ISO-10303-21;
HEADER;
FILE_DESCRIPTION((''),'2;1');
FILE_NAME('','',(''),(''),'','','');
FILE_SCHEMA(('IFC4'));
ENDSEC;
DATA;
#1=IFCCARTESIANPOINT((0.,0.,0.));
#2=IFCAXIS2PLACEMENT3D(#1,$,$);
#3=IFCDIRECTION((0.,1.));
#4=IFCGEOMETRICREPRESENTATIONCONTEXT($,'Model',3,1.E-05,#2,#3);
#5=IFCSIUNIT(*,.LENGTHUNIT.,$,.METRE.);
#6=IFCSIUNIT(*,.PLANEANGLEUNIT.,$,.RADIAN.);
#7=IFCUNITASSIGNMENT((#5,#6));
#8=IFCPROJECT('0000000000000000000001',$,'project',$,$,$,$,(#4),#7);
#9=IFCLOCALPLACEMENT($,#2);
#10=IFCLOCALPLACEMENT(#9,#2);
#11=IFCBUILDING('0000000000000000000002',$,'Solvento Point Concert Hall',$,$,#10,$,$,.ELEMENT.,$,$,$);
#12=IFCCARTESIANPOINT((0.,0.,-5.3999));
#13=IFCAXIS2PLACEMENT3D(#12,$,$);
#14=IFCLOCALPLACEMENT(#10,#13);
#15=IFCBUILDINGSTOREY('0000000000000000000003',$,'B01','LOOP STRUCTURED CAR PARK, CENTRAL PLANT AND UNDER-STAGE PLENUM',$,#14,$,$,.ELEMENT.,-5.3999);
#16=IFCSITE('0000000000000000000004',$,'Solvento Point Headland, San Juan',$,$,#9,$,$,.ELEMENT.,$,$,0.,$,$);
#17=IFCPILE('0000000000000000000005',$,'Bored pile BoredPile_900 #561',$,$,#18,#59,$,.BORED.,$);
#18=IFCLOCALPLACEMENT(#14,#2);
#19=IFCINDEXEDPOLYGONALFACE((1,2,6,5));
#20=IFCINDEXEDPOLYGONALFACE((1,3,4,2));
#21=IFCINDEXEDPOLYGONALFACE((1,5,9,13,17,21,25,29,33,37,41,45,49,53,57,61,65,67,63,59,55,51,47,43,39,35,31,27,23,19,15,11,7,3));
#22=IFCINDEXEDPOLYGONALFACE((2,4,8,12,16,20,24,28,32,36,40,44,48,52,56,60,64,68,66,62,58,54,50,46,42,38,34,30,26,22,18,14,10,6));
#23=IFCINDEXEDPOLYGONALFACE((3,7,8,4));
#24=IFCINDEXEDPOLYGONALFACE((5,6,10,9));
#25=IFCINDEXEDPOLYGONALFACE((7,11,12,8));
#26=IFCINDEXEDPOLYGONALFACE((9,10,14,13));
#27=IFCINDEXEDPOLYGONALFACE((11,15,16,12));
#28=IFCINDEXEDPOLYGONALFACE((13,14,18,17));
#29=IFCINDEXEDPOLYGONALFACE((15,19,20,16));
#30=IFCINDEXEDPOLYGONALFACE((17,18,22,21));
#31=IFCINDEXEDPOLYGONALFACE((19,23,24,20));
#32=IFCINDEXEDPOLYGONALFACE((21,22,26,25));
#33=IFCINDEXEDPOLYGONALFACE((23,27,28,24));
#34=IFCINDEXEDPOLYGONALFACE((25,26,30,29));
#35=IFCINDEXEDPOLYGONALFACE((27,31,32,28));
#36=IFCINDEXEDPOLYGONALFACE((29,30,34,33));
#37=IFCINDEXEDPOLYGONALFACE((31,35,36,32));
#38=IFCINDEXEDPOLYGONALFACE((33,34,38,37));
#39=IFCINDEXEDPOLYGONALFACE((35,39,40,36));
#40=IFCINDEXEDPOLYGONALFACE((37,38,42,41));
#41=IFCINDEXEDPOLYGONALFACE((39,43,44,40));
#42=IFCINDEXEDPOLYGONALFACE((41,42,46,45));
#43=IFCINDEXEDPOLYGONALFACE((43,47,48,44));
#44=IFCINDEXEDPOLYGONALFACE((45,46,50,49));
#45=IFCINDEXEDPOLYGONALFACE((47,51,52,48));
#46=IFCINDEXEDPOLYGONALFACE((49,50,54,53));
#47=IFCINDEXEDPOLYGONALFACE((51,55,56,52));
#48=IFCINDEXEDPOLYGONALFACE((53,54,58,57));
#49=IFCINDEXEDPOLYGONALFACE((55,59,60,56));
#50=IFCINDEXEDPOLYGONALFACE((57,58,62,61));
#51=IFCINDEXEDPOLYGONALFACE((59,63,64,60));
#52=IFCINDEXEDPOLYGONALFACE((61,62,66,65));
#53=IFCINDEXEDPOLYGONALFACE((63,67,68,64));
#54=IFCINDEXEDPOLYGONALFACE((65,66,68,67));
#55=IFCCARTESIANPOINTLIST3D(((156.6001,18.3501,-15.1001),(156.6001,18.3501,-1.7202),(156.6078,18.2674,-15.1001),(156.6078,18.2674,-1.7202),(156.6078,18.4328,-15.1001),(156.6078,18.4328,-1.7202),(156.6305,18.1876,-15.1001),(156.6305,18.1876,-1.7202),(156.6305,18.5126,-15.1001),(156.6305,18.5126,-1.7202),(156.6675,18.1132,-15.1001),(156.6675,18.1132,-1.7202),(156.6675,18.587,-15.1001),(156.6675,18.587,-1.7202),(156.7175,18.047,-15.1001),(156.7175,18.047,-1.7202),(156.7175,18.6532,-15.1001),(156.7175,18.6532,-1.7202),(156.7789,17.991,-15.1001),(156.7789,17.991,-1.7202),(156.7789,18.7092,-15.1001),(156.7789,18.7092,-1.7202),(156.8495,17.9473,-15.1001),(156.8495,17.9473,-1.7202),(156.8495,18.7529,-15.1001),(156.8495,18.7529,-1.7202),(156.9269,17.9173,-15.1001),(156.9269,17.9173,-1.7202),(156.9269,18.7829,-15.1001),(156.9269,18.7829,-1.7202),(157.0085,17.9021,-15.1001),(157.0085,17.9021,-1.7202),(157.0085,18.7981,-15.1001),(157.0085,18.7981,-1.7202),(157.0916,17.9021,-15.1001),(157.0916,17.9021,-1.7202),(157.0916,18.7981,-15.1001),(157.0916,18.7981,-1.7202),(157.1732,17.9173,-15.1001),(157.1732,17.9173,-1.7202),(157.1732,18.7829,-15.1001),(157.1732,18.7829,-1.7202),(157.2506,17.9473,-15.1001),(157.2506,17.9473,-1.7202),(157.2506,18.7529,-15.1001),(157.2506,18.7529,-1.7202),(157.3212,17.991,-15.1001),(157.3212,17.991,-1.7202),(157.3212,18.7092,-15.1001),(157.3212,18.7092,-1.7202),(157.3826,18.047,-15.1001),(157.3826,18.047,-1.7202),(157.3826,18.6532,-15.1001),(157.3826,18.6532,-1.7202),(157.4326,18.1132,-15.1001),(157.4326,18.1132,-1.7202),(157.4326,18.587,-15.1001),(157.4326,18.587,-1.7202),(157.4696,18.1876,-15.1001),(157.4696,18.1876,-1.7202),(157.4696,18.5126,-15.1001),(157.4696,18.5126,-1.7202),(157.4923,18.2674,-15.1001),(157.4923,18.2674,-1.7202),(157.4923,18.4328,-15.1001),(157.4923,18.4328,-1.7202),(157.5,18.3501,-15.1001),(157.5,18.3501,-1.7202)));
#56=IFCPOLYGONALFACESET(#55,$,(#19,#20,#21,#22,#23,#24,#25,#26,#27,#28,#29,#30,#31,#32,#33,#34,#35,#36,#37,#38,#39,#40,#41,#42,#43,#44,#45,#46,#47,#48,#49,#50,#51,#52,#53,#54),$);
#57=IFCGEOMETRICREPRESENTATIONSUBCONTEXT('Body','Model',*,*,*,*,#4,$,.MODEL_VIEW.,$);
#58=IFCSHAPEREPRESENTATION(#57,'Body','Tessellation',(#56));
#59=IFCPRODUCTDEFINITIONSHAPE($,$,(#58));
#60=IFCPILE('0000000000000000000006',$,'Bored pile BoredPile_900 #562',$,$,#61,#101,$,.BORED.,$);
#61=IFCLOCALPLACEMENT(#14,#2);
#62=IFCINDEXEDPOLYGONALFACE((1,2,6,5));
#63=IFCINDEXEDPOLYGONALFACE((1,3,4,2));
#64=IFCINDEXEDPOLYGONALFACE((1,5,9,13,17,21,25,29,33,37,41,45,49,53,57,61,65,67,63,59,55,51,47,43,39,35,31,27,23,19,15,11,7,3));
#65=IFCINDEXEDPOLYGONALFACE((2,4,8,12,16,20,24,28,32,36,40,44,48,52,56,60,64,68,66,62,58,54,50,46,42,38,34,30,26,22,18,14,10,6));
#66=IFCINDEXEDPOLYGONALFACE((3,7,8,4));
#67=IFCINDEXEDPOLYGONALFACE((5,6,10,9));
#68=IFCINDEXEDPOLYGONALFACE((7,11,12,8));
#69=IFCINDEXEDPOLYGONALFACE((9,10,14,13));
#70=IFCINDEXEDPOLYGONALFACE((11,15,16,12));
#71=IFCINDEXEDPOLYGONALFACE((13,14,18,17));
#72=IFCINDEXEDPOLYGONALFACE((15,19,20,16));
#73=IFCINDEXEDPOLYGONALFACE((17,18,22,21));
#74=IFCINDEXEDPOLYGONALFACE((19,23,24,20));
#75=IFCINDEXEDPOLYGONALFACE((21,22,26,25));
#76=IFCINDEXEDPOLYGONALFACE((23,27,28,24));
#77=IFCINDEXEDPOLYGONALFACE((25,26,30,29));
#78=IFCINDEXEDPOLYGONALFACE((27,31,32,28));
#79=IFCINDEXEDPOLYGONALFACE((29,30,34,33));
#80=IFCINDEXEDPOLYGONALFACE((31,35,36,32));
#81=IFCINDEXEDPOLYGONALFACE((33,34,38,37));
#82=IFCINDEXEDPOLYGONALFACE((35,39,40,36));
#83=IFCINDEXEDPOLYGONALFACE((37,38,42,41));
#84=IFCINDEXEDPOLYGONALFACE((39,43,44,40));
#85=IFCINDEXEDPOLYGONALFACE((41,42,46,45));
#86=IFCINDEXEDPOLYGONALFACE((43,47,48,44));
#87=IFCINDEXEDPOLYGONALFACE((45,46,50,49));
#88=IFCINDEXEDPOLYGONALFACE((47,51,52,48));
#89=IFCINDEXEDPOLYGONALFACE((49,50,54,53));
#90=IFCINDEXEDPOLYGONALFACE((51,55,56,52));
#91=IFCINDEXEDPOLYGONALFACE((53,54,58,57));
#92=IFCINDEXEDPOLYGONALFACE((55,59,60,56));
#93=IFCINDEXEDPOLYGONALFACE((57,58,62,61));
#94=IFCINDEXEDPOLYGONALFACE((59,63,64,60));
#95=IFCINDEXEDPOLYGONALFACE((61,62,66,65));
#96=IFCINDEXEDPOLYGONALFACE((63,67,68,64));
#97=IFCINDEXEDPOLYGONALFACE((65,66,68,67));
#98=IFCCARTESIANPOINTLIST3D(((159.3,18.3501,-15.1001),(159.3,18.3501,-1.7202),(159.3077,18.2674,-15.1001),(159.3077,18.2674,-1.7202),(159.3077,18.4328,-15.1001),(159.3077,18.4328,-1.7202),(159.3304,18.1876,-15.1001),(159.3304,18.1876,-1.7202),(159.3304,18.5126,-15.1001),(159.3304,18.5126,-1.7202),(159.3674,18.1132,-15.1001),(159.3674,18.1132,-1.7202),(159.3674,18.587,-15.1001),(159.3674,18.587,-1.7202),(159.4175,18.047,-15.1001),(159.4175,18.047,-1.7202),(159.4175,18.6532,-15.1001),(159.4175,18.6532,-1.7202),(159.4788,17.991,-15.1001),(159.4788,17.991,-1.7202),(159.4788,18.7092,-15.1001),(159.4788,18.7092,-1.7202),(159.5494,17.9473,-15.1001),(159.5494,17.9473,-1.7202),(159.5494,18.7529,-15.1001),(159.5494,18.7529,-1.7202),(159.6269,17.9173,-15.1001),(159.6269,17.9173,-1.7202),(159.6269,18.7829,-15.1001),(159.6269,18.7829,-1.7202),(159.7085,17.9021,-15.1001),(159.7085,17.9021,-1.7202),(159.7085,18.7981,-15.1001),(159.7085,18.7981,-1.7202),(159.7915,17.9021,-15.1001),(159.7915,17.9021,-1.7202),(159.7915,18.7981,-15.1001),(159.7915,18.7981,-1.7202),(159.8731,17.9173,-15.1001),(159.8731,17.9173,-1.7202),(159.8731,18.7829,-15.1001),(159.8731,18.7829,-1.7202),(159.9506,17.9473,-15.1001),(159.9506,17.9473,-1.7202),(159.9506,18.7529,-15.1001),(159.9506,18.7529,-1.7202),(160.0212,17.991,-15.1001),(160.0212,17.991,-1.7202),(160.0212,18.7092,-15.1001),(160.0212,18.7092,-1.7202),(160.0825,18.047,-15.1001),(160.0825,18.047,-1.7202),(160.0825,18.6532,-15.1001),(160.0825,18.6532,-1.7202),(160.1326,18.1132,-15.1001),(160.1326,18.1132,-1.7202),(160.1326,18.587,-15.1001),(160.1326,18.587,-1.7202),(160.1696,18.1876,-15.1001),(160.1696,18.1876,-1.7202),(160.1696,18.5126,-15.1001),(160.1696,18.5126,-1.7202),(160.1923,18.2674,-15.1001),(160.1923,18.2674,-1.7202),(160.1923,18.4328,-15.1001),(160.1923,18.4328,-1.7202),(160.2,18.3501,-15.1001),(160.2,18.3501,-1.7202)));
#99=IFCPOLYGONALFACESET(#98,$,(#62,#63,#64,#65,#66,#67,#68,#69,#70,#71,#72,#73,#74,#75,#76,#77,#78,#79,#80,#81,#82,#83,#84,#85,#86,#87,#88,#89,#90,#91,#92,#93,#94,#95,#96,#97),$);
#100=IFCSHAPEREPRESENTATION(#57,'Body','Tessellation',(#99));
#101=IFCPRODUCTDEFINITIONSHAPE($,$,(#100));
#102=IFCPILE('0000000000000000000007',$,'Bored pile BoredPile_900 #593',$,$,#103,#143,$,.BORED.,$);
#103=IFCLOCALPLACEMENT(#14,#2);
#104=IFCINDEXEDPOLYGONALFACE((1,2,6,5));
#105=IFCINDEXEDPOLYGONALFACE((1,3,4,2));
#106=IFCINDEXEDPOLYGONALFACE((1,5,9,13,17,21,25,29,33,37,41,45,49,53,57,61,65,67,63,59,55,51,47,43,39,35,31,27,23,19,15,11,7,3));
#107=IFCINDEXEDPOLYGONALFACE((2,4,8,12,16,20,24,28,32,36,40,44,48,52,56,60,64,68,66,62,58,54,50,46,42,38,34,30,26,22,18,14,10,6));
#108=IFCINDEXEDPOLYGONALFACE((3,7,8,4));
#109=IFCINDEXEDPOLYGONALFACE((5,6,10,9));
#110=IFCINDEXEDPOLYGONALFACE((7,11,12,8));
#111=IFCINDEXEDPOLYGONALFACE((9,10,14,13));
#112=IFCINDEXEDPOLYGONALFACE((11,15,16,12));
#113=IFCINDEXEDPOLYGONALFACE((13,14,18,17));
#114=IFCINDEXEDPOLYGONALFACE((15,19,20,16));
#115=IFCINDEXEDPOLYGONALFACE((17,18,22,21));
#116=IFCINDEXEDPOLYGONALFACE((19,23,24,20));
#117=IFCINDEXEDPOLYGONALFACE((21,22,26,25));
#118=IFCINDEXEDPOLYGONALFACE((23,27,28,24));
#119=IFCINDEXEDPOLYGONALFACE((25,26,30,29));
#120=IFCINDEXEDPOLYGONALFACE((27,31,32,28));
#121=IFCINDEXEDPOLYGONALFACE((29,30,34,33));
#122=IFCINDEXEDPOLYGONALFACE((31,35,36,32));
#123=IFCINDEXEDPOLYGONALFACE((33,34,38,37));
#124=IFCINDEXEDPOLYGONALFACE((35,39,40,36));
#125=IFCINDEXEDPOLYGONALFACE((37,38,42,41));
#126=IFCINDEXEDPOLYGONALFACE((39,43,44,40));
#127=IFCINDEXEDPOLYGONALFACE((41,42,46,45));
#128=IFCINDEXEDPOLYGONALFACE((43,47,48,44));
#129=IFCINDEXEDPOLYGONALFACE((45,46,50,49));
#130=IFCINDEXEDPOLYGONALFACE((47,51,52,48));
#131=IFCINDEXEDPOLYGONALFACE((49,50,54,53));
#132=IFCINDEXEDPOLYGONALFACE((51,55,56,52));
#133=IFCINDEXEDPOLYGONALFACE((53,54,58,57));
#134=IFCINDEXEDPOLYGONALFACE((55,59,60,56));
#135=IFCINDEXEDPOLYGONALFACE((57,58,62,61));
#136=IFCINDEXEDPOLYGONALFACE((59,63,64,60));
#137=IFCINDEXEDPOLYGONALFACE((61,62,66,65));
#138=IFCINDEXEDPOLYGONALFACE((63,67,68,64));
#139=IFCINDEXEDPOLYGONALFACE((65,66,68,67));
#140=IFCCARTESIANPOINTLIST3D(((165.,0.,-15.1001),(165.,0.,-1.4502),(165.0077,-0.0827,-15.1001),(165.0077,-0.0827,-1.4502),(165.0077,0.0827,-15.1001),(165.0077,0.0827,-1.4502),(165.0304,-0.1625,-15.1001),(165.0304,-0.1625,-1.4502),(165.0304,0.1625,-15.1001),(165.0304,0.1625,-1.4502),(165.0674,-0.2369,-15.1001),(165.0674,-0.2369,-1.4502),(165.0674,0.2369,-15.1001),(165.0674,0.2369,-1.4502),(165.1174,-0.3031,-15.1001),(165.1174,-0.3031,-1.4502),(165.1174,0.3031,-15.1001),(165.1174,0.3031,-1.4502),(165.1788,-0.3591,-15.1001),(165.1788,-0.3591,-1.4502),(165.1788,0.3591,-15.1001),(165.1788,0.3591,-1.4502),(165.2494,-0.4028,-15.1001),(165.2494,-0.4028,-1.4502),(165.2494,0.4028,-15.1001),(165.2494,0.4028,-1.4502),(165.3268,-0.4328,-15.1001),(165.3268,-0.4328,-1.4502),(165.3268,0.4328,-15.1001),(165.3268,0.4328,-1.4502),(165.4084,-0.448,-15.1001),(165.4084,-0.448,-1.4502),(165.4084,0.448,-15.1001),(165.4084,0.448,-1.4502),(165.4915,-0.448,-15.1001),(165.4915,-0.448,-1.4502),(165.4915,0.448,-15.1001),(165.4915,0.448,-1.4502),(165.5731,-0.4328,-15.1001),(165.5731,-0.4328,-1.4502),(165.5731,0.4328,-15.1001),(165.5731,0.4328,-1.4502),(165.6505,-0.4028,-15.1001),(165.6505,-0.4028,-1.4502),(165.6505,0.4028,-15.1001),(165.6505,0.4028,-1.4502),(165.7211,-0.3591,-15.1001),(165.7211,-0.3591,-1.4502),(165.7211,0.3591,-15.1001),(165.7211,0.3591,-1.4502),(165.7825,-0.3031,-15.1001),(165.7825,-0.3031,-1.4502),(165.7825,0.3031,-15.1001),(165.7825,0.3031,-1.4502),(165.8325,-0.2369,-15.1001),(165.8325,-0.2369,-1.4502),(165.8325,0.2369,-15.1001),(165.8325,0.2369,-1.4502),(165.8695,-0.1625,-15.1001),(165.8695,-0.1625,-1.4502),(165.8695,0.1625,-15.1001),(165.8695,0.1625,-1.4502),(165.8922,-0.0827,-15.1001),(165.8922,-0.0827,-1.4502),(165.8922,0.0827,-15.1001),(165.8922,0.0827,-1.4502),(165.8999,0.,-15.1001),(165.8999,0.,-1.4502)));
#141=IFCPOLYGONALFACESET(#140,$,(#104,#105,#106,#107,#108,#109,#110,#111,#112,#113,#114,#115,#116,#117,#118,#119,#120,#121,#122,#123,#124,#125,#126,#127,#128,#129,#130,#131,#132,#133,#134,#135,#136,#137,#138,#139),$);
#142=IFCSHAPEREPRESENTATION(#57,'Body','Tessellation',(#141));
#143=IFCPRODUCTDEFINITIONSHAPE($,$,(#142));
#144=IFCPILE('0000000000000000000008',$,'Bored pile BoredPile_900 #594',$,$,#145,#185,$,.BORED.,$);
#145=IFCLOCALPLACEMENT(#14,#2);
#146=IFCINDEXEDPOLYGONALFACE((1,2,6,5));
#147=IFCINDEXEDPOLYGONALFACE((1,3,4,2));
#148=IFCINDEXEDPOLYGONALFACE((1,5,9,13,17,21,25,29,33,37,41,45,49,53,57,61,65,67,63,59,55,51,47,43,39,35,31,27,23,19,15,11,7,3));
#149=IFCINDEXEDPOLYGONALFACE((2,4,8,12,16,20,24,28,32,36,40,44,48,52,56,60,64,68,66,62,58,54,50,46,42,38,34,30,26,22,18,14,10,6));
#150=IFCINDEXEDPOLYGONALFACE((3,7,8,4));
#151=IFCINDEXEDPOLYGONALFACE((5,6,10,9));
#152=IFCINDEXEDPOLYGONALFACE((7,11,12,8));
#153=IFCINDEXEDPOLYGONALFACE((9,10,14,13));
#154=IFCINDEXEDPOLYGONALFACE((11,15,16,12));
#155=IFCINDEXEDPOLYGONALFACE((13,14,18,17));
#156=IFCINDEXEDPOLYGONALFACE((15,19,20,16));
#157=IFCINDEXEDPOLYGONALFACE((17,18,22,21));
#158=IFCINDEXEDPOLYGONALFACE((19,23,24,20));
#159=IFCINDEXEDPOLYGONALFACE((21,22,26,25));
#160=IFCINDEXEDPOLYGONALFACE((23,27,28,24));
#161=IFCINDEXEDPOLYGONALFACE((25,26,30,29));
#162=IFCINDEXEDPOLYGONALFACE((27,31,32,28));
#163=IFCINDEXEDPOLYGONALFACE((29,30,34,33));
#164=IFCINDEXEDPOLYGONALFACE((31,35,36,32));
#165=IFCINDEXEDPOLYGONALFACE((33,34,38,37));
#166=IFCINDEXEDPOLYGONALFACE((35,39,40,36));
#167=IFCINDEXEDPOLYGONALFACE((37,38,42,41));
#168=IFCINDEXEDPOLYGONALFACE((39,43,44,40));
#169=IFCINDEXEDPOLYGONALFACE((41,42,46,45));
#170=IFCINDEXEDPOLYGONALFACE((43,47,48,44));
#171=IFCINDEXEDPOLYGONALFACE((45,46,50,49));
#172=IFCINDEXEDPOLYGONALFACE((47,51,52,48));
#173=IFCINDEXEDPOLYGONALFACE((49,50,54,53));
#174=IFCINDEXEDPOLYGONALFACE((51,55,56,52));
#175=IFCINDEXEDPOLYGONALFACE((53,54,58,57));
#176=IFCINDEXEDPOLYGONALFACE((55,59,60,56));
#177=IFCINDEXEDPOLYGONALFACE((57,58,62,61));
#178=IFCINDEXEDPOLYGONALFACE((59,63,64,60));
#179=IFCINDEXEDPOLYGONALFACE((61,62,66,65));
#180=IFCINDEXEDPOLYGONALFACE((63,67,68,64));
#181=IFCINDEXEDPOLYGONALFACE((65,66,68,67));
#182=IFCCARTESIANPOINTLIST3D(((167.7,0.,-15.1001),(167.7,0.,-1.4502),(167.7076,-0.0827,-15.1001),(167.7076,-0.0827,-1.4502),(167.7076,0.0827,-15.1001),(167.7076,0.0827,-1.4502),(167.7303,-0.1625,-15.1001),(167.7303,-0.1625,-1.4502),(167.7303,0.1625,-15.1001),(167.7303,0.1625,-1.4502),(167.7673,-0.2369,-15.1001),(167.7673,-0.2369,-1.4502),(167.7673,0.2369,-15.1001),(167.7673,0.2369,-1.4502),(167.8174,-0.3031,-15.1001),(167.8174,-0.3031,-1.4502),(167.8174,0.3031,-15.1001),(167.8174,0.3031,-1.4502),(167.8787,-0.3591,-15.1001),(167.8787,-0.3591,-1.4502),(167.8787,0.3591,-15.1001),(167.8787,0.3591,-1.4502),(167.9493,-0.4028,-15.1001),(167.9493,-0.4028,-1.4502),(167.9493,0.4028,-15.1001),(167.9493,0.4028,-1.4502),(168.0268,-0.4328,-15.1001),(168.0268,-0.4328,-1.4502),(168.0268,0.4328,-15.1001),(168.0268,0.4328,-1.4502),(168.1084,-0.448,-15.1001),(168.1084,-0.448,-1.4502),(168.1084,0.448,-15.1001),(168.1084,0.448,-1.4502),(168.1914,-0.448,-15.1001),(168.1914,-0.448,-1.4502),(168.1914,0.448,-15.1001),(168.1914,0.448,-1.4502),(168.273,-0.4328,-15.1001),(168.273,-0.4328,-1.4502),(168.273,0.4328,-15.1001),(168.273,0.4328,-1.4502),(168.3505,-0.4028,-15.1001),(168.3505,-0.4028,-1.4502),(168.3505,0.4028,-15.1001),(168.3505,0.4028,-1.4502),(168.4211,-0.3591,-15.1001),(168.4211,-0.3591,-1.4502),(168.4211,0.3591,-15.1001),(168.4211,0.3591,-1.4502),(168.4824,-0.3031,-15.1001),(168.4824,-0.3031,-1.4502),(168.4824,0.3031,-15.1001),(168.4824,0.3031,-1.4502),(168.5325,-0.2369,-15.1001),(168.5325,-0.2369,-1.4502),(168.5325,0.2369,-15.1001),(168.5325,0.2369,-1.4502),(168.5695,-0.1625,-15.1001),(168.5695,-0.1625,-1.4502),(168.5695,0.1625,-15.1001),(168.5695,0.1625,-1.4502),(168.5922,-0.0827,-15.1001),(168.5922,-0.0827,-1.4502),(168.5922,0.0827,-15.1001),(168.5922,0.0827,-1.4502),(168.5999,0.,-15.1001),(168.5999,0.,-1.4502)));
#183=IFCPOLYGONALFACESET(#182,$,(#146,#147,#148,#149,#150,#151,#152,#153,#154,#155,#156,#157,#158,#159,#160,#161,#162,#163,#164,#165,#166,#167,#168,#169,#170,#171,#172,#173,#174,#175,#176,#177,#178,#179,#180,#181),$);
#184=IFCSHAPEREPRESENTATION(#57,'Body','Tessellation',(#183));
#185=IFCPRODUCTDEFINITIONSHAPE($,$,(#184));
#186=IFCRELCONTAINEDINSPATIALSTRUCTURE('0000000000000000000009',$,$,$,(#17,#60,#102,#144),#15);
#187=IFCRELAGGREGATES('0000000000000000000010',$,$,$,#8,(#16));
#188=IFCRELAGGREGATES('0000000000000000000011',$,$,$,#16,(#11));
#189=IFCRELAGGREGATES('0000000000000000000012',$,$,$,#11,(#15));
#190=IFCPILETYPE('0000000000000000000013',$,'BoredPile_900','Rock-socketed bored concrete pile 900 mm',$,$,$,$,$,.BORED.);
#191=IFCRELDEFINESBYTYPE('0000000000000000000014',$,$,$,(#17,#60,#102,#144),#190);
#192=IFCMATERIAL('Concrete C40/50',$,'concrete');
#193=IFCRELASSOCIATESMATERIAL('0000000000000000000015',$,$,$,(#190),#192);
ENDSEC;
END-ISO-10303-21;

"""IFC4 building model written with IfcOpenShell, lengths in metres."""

from ifc_helpers import new_model, si_unit, direction, frame, origin, origin_2d, place, context, subcontext, project, spatial, circle, extrude, material, material_profile, profile_set, type_object, element, save


model = new_model("IFC4")

# Units and contexts
model_context = context("Model", 3, precision=1e-05, world=origin(), true_north=direction((0.0, 1.0)))
body_context = subcontext(model_context, "Body", "Model", "MODEL_VIEW")
ifc_project = project(units=[si_unit("LENGTHUNIT", "METRE"), si_unit("PLANEANGLEUNIT", "RADIAN")], contexts=[model_context])

# Site, building, storey
site_placement = place(None, origin())
site = spatial("IfcSite", under=ifc_project, at=site_placement, Name="Solvento Point Headland, San Juan", CompositionType="ELEMENT", RefElevation=0.0)
building_placement = place(site_placement, origin())
building = spatial("IfcBuilding", under=site, at=building_placement, Name="Solvento Point Concert Hall", CompositionType="ELEMENT")
storey_placement = place(building_placement, frame((0.0, 0.0, -5.3999)))
storey = spatial("IfcBuildingStorey", under=building, at=storey_placement, Name="B01", Description="LOOP STRUCTURED CAR PARK, CENTRAL PLANT AND UNDER-STAGE PLENUM", CompositionType="ELEMENT", Elevation=-5.3999)

# Piles
ifc_material_1 = material(Name="Concrete C40/50", Category="concrete")
ifc_material_profile_1 = material_profile(ifc_material_1, circle(Radius=0.45, at=origin_2d()), Name="BP-900")
ifc_profile_set_1 = profile_set([ifc_material_profile_1], Name="Concrete C40/50")
pile_type_1 = type_object("IfcPileType", Name="BoredPile_900", Description="Rock-socketed bored concrete pile 900 mm", PredefinedType="BORED", material=ifc_profile_set_1)
for number, where, z_axis, x_axis, name in (
    (1, (157.05, 18.3501, -1.7202), (0.0, 0.0, -1.0), (1.0, 0.0, 0.0), "Bored pile BoredPile_900 #561"),
    (2, (159.75, 18.3501, -1.7202), (0.0, 0.0, -1.0), (1.0, 0.0, 0.0), "Bored pile BoredPile_900 #562"),
):
    element("IfcPile", number, at=place(storey_placement, frame(where, z_axis=z_axis, x_axis=x_axis)), inside=storey, type_object=pile_type_1, Name=name, PredefinedType="BORED", context=body_context, shape_type="SweptSolid", body=[
        extrude(circle(Radius=0.45, at=origin_2d()), origin(), (0.0, 0.0, 1.0), 13.3799),
    ])
for number, where, z_axis, x_axis, name in (
    (3, (165.45, 0.0, -1.4502), (0.0, 0.0, -1.0), (1.0, 0.0, 0.0), "Bored pile BoredPile_900 #593"),
    (4, (168.1499, 0.0, -1.4502), (0.0, 0.0, -1.0), (1.0, 0.0, 0.0), "Bored pile BoredPile_900 #594"),
):
    element("IfcPile", number, at=place(storey_placement, frame(where, z_axis=z_axis, x_axis=x_axis)), inside=storey, type_object=pile_type_1, Name=name, PredefinedType="BORED", context=body_context, shape_type="SweptSolid", body=[
        extrude(circle(Radius=0.45, at=origin_2d()), origin(), (0.0, 0.0, 1.0), 13.6499),
    ])

save(model, "model.ifc")
